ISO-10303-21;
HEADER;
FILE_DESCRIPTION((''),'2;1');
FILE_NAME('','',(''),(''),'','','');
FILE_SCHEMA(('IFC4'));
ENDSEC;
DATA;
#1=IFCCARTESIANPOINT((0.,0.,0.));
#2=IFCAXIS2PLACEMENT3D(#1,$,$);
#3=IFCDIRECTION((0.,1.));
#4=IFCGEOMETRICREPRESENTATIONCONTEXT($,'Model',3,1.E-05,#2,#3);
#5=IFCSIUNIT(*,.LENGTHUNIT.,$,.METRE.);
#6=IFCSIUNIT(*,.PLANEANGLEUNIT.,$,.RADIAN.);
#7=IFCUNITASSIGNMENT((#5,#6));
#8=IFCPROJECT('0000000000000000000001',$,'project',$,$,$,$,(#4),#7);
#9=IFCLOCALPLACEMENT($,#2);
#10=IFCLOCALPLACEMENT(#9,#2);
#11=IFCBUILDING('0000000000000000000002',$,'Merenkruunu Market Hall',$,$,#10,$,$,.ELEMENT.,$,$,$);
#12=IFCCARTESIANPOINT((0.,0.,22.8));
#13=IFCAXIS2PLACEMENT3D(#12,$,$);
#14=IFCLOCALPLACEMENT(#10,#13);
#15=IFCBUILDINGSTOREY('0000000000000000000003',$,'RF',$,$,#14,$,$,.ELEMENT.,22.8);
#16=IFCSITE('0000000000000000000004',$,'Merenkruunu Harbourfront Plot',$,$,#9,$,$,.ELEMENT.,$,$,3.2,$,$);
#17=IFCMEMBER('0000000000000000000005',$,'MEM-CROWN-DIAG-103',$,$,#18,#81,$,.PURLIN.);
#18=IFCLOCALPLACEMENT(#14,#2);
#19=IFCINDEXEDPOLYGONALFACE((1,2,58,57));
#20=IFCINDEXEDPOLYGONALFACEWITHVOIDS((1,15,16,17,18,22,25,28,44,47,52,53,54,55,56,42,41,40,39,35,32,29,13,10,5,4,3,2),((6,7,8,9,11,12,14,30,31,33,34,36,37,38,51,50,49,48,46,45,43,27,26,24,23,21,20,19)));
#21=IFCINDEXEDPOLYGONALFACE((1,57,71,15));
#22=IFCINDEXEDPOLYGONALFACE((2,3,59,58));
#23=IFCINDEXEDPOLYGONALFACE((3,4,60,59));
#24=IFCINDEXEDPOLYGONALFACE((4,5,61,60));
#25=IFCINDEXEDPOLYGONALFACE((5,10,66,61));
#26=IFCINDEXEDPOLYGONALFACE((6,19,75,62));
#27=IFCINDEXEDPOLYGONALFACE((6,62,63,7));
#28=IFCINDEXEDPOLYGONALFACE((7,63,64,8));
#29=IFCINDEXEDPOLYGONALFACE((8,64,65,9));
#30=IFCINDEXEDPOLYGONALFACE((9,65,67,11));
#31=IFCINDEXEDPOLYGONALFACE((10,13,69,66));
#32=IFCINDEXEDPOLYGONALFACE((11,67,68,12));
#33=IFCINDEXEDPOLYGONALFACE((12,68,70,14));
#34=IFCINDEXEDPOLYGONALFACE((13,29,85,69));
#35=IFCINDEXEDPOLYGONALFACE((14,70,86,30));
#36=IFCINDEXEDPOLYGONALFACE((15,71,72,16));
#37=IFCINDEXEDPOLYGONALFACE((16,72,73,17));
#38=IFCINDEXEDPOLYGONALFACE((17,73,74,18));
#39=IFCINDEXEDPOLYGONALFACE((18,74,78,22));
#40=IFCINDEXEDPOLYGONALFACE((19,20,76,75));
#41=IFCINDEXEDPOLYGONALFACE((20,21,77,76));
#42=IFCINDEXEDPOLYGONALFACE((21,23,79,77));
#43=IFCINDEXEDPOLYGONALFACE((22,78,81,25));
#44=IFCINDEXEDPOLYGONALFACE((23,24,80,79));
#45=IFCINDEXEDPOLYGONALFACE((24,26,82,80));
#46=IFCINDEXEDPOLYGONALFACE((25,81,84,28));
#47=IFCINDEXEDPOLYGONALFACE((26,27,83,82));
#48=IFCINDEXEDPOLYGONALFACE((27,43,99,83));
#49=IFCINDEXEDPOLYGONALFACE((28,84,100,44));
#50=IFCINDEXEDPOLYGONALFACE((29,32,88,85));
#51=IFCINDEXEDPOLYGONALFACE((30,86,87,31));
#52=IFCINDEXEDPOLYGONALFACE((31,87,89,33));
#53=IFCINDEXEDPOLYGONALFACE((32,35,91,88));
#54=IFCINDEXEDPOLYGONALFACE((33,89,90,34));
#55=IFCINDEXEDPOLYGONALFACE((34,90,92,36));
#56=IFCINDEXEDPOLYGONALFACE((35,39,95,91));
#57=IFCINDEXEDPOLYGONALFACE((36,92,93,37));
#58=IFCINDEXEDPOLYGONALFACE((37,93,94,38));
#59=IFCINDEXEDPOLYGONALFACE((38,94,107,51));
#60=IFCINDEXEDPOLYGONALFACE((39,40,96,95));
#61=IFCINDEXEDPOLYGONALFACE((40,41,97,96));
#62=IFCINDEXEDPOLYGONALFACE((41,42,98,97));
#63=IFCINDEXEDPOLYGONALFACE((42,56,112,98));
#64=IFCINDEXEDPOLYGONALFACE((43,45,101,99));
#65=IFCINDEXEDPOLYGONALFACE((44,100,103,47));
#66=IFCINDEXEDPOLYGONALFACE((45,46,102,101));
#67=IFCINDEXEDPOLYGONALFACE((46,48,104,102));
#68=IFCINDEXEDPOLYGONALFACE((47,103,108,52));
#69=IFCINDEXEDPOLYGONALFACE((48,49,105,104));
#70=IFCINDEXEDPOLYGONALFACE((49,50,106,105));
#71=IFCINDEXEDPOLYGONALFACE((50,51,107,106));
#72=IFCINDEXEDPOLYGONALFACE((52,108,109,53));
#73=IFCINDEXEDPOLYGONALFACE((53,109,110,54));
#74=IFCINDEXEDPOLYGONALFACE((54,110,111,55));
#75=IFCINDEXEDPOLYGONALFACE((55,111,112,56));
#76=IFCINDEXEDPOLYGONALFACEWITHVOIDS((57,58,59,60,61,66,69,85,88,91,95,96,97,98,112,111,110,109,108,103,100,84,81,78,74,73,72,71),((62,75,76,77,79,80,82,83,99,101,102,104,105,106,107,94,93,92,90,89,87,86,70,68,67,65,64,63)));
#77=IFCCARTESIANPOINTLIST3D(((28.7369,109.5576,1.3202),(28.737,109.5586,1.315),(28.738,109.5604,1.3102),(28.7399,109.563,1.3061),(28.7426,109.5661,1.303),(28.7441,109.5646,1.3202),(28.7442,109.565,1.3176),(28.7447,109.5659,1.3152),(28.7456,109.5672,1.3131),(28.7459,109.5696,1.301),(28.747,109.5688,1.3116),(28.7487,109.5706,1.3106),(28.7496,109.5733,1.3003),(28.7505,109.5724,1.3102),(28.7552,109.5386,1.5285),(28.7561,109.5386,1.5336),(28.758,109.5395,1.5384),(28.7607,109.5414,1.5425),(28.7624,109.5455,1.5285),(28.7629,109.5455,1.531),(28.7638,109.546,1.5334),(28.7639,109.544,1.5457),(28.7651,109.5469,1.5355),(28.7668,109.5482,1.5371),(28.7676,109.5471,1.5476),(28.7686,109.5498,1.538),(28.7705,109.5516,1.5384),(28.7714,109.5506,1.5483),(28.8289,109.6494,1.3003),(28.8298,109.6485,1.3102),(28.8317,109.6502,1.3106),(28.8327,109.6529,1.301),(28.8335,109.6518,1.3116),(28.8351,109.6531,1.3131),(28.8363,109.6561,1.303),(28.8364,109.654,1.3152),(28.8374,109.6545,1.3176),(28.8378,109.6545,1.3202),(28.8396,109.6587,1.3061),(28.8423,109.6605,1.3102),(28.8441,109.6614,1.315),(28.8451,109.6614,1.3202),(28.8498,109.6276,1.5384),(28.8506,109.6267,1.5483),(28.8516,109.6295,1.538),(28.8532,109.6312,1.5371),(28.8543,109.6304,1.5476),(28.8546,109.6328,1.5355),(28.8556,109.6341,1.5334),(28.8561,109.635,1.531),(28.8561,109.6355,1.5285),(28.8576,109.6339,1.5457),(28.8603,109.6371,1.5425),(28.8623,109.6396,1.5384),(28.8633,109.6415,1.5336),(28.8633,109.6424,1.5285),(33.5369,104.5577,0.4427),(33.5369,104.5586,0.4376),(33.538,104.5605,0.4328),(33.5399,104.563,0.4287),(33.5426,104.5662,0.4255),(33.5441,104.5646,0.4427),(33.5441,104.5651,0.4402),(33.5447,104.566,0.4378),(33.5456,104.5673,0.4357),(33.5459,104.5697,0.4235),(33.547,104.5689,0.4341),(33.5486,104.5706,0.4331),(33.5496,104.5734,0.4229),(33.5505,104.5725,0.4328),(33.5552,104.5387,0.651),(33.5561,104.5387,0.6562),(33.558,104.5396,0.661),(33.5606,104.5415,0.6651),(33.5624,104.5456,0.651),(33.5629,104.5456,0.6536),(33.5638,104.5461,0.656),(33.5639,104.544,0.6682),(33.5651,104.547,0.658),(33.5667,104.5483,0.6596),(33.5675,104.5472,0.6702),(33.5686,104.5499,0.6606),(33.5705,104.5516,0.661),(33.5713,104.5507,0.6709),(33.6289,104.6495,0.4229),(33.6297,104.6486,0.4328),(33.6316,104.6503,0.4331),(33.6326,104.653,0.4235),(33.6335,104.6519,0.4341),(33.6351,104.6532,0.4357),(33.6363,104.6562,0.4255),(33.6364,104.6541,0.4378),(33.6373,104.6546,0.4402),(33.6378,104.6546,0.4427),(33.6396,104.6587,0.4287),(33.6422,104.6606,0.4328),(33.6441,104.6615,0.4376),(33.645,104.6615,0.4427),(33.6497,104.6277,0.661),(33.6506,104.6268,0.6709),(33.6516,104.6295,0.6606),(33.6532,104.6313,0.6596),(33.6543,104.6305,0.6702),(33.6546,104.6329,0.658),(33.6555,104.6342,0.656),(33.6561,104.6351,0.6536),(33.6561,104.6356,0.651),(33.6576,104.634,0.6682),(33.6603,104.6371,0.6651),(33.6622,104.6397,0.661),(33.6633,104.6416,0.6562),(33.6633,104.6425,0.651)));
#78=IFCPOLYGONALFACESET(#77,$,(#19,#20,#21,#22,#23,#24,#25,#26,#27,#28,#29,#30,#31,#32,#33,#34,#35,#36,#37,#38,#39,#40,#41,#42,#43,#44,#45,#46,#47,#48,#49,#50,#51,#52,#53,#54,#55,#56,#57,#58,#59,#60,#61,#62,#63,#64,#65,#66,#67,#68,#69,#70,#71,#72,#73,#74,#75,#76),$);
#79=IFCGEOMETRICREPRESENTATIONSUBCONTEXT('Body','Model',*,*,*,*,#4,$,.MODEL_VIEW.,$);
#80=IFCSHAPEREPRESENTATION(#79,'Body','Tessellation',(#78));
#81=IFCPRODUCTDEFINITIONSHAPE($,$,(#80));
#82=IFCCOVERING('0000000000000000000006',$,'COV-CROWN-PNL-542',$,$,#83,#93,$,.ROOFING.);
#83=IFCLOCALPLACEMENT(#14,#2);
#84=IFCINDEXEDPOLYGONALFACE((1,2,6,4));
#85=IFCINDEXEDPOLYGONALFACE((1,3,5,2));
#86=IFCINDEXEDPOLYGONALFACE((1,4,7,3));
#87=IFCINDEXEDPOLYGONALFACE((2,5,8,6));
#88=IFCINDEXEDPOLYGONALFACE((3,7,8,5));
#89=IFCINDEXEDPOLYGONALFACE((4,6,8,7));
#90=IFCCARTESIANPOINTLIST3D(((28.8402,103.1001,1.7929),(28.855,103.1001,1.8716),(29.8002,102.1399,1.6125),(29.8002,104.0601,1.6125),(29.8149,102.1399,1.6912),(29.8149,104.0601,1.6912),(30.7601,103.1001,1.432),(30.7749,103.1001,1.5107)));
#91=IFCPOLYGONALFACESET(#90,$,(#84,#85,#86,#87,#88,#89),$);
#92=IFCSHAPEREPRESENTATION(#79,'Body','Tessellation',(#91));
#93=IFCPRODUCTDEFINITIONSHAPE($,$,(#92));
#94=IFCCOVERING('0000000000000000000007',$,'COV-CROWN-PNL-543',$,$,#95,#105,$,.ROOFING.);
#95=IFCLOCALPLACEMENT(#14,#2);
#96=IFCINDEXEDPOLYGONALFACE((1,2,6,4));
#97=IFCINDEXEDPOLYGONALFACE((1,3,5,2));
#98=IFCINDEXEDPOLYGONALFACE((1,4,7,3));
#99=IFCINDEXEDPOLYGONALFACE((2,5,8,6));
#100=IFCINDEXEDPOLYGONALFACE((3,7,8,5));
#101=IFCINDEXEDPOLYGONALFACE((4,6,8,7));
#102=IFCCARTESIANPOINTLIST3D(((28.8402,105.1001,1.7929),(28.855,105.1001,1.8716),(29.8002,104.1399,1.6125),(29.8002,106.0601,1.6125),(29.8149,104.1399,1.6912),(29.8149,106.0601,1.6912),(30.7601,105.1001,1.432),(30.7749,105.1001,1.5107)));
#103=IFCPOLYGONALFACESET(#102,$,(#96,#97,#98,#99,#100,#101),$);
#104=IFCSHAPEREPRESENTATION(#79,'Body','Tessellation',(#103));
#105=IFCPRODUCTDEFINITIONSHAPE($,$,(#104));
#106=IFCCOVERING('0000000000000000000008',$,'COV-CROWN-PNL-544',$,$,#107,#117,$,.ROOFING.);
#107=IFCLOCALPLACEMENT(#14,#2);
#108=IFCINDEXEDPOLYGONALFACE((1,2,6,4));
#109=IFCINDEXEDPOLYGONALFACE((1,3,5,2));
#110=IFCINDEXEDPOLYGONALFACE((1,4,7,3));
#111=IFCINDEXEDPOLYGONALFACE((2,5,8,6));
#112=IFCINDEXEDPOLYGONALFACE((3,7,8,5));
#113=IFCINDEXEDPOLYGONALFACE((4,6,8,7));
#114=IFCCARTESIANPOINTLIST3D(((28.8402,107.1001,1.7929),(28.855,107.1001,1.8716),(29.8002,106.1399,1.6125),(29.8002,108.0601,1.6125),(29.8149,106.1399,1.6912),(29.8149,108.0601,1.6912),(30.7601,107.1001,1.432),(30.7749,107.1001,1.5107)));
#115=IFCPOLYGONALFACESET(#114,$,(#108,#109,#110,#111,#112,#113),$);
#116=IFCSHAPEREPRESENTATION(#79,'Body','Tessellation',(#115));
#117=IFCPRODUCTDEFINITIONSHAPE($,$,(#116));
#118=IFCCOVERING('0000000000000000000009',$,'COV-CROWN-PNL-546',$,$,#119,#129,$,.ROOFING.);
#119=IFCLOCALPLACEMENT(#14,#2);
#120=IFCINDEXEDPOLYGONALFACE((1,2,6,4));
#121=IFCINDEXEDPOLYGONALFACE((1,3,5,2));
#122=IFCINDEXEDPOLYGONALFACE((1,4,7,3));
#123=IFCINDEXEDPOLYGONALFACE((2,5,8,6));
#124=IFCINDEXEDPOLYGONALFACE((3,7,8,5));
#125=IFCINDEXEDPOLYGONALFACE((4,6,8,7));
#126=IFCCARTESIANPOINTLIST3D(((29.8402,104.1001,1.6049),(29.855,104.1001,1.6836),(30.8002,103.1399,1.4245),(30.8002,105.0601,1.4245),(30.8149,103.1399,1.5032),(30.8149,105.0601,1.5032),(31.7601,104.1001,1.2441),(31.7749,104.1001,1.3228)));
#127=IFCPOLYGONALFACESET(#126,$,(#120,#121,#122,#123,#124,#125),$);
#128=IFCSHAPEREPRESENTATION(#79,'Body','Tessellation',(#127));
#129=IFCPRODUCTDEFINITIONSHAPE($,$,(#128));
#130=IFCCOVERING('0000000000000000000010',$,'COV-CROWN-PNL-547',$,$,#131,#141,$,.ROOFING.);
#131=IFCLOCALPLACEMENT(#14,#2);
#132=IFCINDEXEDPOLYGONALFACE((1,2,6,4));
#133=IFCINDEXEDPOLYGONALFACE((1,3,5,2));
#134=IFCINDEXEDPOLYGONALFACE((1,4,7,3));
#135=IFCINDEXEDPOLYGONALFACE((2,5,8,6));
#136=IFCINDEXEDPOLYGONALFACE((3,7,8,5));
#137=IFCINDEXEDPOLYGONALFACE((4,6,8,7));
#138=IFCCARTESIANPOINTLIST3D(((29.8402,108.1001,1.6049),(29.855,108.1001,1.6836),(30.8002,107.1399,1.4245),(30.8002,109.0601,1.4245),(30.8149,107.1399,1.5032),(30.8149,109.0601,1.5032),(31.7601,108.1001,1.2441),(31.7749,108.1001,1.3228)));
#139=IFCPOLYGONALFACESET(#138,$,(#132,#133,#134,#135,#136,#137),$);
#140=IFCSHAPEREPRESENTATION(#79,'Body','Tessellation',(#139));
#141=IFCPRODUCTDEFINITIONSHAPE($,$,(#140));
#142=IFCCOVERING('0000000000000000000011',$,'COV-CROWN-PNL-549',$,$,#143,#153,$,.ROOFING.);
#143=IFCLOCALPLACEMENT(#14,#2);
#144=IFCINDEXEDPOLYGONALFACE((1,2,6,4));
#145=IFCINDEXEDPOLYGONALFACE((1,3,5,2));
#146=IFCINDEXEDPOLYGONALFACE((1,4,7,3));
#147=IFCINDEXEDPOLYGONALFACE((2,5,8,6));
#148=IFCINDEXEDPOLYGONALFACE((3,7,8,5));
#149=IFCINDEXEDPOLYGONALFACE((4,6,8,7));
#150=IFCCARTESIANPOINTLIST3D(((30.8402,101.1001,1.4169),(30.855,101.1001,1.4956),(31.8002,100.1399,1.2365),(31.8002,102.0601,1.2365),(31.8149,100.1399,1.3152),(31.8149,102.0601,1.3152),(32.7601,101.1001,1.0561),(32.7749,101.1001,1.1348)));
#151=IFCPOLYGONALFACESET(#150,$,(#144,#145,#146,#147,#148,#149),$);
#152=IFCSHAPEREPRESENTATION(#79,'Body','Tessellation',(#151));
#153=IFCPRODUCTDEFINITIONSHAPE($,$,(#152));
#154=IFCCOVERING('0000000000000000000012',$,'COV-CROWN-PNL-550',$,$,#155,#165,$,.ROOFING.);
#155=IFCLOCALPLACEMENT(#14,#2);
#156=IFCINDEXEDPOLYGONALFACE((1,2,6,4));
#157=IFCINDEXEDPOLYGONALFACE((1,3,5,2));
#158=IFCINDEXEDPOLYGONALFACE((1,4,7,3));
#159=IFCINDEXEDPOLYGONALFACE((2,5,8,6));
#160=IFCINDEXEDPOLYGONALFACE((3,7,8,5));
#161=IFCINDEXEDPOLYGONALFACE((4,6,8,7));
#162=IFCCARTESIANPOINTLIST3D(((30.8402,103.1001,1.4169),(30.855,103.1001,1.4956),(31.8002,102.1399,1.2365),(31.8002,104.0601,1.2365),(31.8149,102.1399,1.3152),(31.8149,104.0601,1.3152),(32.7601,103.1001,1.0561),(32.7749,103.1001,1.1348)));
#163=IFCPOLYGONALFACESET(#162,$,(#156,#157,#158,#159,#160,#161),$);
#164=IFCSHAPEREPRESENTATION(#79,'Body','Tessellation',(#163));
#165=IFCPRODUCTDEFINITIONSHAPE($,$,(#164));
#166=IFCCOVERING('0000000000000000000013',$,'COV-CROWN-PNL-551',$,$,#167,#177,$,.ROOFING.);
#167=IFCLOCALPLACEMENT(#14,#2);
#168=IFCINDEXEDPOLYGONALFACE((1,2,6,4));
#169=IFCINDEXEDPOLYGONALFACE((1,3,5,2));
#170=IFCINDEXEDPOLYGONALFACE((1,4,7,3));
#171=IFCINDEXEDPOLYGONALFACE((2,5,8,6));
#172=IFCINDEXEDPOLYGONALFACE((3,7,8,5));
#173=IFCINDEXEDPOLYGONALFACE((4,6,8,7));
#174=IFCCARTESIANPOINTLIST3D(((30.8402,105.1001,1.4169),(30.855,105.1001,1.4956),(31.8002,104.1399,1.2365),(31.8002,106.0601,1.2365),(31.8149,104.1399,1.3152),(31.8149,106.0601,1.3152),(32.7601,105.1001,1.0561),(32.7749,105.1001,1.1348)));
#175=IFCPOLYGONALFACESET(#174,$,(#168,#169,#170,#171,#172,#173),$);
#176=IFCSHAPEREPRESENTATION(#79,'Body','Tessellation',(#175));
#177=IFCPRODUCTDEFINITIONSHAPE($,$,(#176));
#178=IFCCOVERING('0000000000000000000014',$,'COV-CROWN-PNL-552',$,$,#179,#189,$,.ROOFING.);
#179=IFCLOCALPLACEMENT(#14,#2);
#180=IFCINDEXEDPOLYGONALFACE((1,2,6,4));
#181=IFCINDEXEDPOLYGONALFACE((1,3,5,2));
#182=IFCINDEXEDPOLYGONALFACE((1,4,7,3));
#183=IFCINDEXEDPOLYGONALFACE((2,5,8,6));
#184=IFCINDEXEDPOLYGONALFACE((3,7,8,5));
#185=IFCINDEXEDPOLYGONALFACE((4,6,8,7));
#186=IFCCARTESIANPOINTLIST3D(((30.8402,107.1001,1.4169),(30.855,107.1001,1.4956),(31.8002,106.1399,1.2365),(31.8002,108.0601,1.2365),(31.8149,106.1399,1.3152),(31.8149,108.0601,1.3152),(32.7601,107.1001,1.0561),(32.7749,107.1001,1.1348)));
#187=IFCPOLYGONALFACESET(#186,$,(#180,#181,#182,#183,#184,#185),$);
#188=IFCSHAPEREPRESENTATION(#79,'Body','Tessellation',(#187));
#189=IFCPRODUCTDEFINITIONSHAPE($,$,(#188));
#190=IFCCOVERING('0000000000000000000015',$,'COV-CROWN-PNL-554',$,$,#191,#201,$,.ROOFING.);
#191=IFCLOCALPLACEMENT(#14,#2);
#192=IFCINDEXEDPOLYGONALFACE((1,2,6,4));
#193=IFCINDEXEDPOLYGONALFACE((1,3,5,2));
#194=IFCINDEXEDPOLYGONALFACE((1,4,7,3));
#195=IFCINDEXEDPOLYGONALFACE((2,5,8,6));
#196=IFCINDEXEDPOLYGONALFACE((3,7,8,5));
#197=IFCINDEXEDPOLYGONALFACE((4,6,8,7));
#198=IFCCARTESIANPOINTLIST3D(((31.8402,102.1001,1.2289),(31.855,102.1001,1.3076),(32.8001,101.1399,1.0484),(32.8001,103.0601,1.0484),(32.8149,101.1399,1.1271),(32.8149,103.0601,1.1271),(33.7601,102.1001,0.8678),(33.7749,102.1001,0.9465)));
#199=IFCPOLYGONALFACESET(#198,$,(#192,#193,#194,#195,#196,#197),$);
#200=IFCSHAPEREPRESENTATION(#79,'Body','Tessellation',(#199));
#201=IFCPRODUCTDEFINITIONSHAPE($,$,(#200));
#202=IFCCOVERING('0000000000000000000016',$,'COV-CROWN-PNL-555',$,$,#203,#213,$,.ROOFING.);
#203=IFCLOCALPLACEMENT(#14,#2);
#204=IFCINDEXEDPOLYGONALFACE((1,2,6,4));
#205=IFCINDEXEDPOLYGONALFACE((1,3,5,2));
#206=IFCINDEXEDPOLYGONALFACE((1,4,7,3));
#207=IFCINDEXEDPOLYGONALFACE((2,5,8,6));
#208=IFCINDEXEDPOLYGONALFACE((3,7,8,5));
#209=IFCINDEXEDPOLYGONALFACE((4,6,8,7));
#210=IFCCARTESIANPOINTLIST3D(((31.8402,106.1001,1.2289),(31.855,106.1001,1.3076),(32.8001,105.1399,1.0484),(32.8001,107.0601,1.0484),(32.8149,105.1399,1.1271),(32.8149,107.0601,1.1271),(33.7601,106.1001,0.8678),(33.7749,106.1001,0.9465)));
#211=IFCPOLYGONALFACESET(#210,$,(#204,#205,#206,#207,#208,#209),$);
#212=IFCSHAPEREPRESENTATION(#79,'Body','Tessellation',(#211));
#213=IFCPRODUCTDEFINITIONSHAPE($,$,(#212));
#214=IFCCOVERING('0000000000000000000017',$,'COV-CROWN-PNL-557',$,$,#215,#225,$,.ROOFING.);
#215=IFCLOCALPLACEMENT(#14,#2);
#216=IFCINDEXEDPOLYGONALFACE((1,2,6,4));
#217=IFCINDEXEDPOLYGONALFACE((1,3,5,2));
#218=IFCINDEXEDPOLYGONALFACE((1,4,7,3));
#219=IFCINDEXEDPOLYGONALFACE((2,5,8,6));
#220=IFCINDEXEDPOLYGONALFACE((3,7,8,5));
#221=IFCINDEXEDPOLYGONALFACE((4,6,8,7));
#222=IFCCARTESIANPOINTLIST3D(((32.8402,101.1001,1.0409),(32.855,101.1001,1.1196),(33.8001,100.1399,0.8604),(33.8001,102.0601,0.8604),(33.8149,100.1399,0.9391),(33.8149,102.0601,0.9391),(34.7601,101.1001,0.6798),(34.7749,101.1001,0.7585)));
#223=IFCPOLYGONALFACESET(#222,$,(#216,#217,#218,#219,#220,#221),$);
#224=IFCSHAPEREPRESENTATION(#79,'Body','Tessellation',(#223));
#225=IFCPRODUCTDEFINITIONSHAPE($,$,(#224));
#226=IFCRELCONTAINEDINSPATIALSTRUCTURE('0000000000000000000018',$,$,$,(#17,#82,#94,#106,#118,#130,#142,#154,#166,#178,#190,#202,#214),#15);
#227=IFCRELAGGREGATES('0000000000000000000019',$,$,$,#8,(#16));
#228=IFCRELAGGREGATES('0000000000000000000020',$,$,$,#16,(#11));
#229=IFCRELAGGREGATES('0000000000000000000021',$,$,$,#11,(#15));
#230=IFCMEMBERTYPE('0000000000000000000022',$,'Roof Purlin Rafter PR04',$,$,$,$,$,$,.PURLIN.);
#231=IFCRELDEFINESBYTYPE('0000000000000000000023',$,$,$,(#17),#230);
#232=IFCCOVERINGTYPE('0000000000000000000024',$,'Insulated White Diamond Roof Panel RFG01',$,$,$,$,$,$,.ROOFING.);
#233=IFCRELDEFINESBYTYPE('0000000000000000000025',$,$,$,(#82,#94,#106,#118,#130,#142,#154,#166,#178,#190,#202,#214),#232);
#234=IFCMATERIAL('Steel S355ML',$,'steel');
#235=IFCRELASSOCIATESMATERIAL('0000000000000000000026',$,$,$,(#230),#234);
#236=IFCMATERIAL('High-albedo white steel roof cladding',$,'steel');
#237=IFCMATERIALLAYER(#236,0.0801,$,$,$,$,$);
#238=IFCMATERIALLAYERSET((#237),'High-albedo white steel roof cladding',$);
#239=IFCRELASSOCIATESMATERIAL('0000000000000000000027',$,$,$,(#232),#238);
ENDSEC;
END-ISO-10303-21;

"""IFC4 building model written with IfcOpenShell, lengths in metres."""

from ifc_helpers import new_model, si_unit, direction, frame, origin, origin_2d, place, context, subcontext, project, spatial, polyline, hollow_rectangle, outline, extrude, material, layer, layer_set, material_profile, profile_set, type_object, element, save


model = new_model("IFC4")

# Units and contexts
model_context = context("Model", 3, precision=1e-05, world=origin(), true_north=direction((0.0, 1.0)))
body_context = subcontext(model_context, "Body", "Model", "MODEL_VIEW")
ifc_project = project(units=[si_unit("LENGTHUNIT", "METRE"), si_unit("PLANEANGLEUNIT", "RADIAN")], contexts=[model_context])

# Site, building, storey
site_placement = place(None, origin())
site = spatial("IfcSite", under=ifc_project, at=site_placement, Name="Merenkruunu Harbourfront Plot", CompositionType="ELEMENT", RefElevation=3.2)
building_placement = place(site_placement, origin())
building = spatial("IfcBuilding", under=site, at=building_placement, Name="Merenkruunu Market Hall", CompositionType="ELEMENT")
storey_placement = place(building_placement, frame((0.0, 0.0, 22.8)))
storey = spatial("IfcBuildingStorey", under=building, at=storey_placement, Name="RF", CompositionType="ELEMENT", Elevation=22.8)

# Member
ifc_material_1 = material(Name="Steel S355ML", Category="steel")
ifc_material_profile = material_profile(ifc_material_1, hollow_rectangle(XDim=0.1499, YDim=0.25, WallThickness=0.01, InnerFilletRadius=0.01, OuterFilletRadius=0.02, at=origin_2d()), Name="RHS 250x150x10")
ifc_profile_set = profile_set([ifc_material_profile], Name="Steel S355ML")
member_type = type_object("IfcMemberType", Name="Roof Purlin Rafter PR04", PredefinedType="PURLIN", material=ifc_profile_set)
member_placement = place(storey_placement, frame((33.6001, 104.6001, 0.5469), z_axis=(-0.687052, 0.715672, 0.125592), x_axis=(-0.721384, -0.692535, 0.0)))
element("IfcMember", 1, at=member_placement, inside=storey, type_object=member_type, Name="MEM-CROWN-DIAG-103", PredefinedType="PURLIN", context=body_context, shape_type="SweptSolid", body=[
    extrude(hollow_rectangle(XDim=0.1499, YDim=0.25, WallThickness=0.01, InnerFilletRadius=0.01, OuterFilletRadius=0.02, at=origin_2d()), origin(), (0.0, 0.0, 1.0), 6.9863),
])

# Coverings
ifc_material_2 = material(Name="High-albedo white steel roof cladding", Category="steel")
ifc_layer_1 = layer(ifc_material_2, 0.0801)
ifc_layer_set_1 = layer_set([ifc_layer_1], Name="High-albedo white steel roof cladding")
covering_type_1 = type_object("IfcCoveringType", Name="Insulated White Diamond Roof Panel RFG01", PredefinedType="ROOFING", material=ifc_layer_set_1)
for number, where, z_axis, x_axis, name in (
    (2, (28.855, 103.1001, 1.8716), (0.184711, 0.0, 0.982793), (0.700856, -0.701035, -0.131722), "COV-CROWN-PNL-542"),
    (3, (28.855, 105.1001, 1.8716), (0.184711, 0.0, 0.982793), (0.700856, -0.701035, -0.131722), "COV-CROWN-PNL-543"),
    (4, (28.855, 107.1001, 1.8716), (0.184711, 0.0, 0.982793), (0.700856, -0.701035, -0.131722), "COV-CROWN-PNL-544"),
    (5, (29.855, 104.1001, 1.6836), (0.184711, 0.0, 0.982793), (0.700856, -0.701035, -0.131722), "COV-CROWN-PNL-546"),
    (6, (29.855, 108.1001, 1.6836), (0.184711, 0.0, 0.982793), (0.700856, -0.701035, -0.131722), "COV-CROWN-PNL-547"),
    (7, (30.855, 101.1001, 1.4956), (0.184711, 0.0, 0.982793), (0.700856, -0.701035, -0.131722), "COV-CROWN-PNL-549"),
    (8, (30.855, 103.1001, 1.4956), (0.184711, 0.0, 0.982793), (0.700856, -0.701035, -0.131722), "COV-CROWN-PNL-550"),
    (9, (30.855, 105.1001, 1.4956), (0.184711, 0.0, 0.982793), (0.700856, -0.701035, -0.131722), "COV-CROWN-PNL-551"),
    (10, (30.855, 107.1001, 1.4956), (0.184711, 0.0, 0.982793), (0.700856, -0.701035, -0.131722), "COV-CROWN-PNL-552"),
):
    element("IfcCovering", number, at=place(storey_placement, frame(where, z_axis=z_axis, x_axis=x_axis)), inside=storey, type_object=covering_type_1, Name=name, PredefinedType="ROOFING", context=body_context, shape_type="SweptSolid", body=[
        extrude(outline(polyline([(0.0, 0.0), (1.3697, 0.0), (1.3931, 1.3695), (0.0236, 1.3693), (0.0, 0.0)])), origin(), (0.0, 0.0, -1.0), 0.0801),
    ])
for number, where, z_axis, x_axis, name in (
    (11, (31.855, 102.1001, 1.3076), (0.184832, 0.0, 0.98277), (0.70084, -0.701035, -0.131809), "COV-CROWN-PNL-554"),
    (12, (31.855, 106.1001, 1.3076), (0.184832, 0.0, 0.98277), (0.70084, -0.701035, -0.131809), "COV-CROWN-PNL-555"),
    (13, (32.855, 101.1001, 1.1196), (0.184832, 0.0, 0.98277), (0.70084, -0.701035, -0.131809), "COV-CROWN-PNL-557"),
):
    element("IfcCovering", number, at=place(storey_placement, frame(where, z_axis=z_axis, x_axis=x_axis)), inside=storey, type_object=covering_type_1, Name=name, PredefinedType="ROOFING", context=body_context, shape_type="SweptSolid", body=[
        extrude(outline(polyline([(0.0, 0.0), (1.3697, 0.0), (1.3932, 1.3695), (0.0236, 1.3693), (0.0, 0.0)])), origin(), (0.0, 0.0, -1.0), 0.0801),
    ])

save(model, "model.ifc")
